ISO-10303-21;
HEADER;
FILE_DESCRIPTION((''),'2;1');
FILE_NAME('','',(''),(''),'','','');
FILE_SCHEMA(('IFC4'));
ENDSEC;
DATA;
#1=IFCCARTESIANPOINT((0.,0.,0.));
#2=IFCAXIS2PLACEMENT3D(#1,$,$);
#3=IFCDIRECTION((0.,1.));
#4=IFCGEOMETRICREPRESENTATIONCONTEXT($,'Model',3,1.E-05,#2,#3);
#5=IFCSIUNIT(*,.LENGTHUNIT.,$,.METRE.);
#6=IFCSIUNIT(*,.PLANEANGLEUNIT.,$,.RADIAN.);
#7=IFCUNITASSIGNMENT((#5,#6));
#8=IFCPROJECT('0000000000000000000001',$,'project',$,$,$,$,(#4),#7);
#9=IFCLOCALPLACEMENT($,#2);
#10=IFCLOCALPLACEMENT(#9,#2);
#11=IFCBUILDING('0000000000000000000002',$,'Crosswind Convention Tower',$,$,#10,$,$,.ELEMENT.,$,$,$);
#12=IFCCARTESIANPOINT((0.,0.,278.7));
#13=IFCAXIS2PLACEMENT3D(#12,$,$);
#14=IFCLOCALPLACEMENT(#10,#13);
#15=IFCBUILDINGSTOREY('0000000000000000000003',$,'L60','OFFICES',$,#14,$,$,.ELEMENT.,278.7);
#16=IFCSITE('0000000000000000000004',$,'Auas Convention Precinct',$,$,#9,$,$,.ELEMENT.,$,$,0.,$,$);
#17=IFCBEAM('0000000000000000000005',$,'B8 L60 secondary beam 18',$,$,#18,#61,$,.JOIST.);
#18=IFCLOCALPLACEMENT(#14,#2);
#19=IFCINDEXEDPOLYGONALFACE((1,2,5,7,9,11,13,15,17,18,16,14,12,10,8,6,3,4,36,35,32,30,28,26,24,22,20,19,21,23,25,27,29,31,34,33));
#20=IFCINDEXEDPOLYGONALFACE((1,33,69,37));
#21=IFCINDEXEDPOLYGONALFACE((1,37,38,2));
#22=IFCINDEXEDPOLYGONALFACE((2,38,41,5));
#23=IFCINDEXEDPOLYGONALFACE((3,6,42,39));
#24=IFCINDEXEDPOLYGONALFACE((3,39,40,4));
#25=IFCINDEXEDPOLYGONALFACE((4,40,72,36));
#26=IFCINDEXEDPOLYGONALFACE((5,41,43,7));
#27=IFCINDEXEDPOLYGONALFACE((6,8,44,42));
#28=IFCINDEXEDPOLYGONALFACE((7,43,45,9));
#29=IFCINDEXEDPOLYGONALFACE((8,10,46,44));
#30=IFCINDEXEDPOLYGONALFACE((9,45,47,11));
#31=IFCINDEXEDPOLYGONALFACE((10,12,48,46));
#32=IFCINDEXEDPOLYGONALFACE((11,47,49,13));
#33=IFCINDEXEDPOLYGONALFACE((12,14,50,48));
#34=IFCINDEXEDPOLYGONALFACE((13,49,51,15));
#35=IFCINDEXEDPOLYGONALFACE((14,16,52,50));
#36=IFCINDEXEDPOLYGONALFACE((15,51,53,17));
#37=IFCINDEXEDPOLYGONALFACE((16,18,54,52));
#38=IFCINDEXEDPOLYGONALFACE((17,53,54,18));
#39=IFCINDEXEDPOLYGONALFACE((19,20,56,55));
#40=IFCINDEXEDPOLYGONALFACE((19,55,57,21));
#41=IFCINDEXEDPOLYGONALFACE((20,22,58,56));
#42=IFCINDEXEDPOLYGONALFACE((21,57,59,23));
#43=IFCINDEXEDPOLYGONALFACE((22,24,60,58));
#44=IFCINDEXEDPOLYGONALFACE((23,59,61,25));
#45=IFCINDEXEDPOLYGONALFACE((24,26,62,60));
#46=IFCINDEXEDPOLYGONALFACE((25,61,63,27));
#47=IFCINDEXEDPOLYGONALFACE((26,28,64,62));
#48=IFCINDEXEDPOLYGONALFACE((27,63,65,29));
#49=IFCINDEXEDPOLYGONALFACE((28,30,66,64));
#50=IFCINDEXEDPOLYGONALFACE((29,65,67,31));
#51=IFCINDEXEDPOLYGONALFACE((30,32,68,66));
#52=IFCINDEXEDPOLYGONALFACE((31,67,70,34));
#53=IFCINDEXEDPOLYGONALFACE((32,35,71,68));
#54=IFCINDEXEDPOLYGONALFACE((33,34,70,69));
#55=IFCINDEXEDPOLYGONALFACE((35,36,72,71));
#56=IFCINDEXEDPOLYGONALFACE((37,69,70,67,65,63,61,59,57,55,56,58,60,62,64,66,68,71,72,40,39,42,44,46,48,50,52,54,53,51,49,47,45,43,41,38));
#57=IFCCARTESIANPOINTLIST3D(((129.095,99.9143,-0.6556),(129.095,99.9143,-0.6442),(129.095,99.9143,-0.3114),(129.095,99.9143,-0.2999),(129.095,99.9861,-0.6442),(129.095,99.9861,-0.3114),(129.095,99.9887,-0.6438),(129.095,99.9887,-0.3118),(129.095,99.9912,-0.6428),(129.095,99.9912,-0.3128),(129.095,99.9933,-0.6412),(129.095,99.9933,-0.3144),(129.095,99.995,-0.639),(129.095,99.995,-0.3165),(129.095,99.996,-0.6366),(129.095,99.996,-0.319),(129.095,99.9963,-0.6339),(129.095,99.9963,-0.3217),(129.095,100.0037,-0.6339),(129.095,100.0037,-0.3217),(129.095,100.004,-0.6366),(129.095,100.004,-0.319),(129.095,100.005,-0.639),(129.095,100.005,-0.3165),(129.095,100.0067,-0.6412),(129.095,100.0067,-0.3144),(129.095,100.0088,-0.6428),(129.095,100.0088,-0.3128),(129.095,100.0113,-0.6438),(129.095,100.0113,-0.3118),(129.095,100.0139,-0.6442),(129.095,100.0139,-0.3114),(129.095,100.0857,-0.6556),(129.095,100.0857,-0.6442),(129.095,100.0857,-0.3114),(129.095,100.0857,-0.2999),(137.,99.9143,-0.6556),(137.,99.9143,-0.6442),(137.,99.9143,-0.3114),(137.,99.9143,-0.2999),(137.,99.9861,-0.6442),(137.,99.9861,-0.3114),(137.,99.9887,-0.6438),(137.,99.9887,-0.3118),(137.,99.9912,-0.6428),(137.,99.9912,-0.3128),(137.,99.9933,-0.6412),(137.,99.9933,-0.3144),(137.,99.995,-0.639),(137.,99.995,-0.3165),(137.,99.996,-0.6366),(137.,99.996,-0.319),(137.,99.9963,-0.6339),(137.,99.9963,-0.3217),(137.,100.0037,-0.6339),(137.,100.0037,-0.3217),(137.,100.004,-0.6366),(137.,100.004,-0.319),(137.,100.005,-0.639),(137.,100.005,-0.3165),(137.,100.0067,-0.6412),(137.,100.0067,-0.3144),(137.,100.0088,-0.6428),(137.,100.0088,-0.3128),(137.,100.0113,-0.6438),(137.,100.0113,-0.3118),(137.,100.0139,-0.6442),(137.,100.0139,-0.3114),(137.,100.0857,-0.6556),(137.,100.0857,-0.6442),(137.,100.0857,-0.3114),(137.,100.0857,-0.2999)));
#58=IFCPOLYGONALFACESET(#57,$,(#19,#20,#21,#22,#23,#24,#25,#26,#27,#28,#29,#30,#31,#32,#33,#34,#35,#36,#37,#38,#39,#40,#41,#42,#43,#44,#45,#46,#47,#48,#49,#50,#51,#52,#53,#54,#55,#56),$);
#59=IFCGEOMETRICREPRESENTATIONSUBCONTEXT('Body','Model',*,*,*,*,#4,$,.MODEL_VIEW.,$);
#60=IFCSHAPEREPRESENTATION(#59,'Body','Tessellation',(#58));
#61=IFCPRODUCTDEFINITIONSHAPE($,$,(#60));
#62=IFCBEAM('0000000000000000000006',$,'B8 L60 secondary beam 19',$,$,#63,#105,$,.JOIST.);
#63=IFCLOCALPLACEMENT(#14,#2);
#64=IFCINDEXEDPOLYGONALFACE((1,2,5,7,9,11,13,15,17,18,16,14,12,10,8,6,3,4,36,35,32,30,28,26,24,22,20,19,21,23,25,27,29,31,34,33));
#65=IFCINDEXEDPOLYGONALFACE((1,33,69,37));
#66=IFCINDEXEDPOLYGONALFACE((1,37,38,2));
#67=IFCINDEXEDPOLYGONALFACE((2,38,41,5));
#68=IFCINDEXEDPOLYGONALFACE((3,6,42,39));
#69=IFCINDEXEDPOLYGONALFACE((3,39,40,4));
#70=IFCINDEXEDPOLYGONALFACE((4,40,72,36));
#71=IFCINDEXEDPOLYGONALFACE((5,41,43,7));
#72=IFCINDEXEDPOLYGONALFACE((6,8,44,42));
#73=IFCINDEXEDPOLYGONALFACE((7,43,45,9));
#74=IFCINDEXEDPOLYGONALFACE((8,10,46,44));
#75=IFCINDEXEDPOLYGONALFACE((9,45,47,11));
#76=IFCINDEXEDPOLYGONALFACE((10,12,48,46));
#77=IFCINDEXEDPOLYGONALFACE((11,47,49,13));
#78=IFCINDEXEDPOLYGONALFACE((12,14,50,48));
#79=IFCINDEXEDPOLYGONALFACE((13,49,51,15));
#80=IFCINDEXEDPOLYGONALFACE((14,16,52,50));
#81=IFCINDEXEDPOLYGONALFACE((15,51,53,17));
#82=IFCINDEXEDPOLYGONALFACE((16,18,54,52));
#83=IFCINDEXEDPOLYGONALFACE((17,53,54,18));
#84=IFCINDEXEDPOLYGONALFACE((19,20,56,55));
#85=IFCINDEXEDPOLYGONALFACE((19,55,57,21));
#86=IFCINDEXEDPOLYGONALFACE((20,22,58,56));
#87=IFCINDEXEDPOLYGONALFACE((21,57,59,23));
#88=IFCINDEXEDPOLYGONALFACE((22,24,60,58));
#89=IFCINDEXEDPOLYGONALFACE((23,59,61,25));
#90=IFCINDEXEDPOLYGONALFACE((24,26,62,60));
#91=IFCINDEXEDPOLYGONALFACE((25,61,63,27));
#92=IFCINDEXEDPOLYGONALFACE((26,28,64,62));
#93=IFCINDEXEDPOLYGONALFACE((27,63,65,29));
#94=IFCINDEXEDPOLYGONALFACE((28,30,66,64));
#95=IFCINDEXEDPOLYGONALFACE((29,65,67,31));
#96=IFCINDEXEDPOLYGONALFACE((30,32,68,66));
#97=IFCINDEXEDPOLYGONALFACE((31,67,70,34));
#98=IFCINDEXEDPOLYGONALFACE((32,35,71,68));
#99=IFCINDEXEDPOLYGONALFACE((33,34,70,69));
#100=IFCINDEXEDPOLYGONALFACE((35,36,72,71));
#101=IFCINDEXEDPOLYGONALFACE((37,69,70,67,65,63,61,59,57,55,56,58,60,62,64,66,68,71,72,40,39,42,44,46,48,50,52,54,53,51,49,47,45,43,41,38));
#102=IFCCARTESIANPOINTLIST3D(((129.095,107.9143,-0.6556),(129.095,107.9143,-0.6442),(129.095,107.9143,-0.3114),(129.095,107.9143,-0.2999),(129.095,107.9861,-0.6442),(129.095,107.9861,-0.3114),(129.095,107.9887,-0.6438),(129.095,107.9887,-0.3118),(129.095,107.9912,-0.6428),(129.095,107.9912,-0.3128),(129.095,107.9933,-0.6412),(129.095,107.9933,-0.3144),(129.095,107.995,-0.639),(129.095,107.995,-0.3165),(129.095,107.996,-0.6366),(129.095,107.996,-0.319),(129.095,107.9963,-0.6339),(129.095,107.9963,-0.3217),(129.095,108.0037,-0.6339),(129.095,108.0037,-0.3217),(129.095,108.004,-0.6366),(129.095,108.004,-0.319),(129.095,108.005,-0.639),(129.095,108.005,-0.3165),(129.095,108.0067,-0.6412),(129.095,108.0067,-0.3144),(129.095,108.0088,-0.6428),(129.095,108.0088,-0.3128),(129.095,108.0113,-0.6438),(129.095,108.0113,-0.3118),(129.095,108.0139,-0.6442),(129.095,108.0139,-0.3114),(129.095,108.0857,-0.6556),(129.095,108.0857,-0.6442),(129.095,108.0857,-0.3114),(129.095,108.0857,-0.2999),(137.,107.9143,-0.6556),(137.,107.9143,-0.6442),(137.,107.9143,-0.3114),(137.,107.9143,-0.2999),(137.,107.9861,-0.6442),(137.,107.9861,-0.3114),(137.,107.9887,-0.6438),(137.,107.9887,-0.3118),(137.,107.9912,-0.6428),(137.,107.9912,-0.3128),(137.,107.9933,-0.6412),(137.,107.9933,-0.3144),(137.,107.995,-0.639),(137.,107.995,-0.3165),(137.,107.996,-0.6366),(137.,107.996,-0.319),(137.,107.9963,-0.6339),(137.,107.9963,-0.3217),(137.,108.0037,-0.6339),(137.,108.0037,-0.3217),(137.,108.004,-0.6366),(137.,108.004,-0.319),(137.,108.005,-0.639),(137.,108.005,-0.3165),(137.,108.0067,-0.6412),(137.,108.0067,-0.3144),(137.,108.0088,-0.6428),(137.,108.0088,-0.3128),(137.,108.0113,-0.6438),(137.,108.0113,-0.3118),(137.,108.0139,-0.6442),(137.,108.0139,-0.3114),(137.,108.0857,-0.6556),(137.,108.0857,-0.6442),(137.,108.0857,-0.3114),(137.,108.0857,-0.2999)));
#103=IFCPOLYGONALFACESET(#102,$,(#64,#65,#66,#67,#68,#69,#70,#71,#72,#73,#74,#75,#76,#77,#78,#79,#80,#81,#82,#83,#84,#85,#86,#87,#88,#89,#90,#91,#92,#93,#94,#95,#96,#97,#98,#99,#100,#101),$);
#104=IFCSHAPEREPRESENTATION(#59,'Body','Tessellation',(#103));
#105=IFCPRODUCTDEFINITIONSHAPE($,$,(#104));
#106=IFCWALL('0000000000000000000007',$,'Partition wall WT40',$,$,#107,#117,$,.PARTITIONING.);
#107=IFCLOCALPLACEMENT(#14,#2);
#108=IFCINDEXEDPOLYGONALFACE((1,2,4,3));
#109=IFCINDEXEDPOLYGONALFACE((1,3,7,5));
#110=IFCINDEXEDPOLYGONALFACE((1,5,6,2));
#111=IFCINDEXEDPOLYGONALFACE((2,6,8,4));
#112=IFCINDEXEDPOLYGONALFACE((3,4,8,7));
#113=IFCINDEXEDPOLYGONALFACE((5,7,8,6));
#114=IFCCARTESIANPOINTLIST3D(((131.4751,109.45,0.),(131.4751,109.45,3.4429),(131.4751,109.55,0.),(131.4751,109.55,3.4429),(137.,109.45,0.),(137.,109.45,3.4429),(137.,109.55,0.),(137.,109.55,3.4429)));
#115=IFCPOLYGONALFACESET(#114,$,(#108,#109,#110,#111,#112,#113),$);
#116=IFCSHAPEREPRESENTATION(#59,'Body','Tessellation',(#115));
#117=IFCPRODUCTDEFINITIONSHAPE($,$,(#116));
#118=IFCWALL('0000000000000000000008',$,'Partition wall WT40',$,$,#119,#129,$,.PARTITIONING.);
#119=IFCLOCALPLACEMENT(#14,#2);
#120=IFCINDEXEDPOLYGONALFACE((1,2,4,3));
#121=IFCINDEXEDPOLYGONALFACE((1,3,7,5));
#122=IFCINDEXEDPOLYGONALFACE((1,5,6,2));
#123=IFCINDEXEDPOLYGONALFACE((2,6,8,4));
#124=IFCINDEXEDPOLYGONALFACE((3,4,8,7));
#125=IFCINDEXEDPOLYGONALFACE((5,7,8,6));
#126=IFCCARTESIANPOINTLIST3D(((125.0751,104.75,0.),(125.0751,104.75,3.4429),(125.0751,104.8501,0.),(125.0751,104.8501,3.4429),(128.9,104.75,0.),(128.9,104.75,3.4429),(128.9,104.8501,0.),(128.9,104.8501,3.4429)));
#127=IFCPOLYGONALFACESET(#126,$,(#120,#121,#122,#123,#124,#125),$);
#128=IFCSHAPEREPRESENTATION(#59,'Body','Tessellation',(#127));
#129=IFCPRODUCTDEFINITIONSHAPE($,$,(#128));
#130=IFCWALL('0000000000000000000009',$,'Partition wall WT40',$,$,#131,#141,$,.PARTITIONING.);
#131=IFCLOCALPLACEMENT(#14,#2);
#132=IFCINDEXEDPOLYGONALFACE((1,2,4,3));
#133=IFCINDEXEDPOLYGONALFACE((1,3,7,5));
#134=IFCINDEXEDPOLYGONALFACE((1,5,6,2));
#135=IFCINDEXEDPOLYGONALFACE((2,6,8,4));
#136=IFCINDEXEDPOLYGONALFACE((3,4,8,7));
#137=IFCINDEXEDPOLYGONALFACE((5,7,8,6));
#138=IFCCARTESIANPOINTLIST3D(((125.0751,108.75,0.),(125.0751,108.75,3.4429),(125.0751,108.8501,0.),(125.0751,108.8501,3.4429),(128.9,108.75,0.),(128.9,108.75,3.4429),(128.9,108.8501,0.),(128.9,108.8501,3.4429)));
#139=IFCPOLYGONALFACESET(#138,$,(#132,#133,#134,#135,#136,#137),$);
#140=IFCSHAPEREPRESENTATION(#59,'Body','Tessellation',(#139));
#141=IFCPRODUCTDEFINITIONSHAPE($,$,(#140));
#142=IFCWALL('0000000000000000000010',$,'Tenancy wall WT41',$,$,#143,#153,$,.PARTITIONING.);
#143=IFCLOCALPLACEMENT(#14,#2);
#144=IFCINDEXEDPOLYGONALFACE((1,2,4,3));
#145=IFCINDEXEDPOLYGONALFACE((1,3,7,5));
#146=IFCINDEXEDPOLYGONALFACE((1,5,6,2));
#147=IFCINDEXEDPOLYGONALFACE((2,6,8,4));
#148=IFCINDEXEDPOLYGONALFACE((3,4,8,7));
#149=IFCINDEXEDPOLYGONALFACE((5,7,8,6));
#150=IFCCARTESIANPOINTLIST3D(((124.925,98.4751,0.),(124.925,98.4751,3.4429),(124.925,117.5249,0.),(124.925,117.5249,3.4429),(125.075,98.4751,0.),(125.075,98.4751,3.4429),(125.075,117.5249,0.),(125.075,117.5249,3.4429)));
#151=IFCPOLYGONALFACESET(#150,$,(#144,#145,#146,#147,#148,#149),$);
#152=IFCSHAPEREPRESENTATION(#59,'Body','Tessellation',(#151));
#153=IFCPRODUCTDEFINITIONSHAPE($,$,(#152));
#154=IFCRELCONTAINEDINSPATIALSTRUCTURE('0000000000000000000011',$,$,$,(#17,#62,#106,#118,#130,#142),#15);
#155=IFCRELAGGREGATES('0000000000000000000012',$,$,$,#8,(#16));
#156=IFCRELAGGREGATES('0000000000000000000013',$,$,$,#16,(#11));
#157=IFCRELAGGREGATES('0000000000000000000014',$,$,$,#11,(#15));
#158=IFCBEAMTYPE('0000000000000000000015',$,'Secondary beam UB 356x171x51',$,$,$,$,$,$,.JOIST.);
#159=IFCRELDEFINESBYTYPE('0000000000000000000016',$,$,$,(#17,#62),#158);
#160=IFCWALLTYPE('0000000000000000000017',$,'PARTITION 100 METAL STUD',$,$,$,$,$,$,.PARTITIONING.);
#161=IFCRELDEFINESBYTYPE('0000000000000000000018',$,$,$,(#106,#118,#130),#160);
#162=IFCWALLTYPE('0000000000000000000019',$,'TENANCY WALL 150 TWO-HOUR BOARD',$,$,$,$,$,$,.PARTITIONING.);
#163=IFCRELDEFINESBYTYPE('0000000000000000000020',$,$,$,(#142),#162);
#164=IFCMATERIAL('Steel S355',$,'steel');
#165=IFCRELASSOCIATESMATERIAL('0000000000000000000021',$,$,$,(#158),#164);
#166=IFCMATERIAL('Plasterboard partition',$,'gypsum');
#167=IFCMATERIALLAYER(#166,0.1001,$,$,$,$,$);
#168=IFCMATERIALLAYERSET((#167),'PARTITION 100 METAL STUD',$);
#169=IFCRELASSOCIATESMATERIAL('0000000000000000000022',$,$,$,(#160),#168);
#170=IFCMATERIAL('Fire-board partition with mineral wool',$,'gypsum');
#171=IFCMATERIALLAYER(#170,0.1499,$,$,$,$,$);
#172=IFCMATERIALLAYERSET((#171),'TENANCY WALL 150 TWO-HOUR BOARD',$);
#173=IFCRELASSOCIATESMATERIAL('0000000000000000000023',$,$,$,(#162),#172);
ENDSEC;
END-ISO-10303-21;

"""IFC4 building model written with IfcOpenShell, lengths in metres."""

from ifc_helpers import new_model, si_unit, direction, frame, frame_2d, origin, origin_2d, place, context, subcontext, project, spatial, rectangle, i_section, extrude, material, layer, layer_set, material_profile, profile_set, type_object, element, save


model = new_model("IFC4")

# Units and contexts
model_context = context("Model", 3, precision=1e-05, world=origin(), true_north=direction((0.0, 1.0)))
body_context = subcontext(model_context, "Body", "Model", "MODEL_VIEW")
ifc_project = project(units=[si_unit("LENGTHUNIT", "METRE"), si_unit("PLANEANGLEUNIT", "RADIAN")], contexts=[model_context])

# Site, building, storey
site_placement = place(None, origin())
site = spatial("IfcSite", under=ifc_project, at=site_placement, Name="Auas Convention Precinct", CompositionType="ELEMENT", RefElevation=0.0)
building_placement = place(site_placement, origin())
building = spatial("IfcBuilding", under=site, at=building_placement, Name="Crosswind Convention Tower", CompositionType="ELEMENT")
storey_placement = place(building_placement, frame((0.0, 0.0, 278.7)))
storey = spatial("IfcBuildingStorey", under=building, at=storey_placement, Name="L60", Description="OFFICES", CompositionType="ELEMENT", Elevation=278.7)

# Beams
ifc_material_1 = material(Name="Steel S355", Category="steel")
ifc_material_profile_1 = material_profile(ifc_material_1, i_section(OverallWidth=0.1714, OverallDepth=0.3557, WebThickness=0.0073, FlangeThickness=0.0115, FilletRadius=0.0103, at=origin_2d()), Name="UB 356x171x51")
ifc_profile_set_1 = profile_set([ifc_material_profile_1], Name="Steel S355")
beam_type_1 = type_object("IfcBeamType", Name="Secondary beam UB 356x171x51", PredefinedType="JOIST", material=ifc_profile_set_1)
for number, where, z_axis, x_axis, name in (
    (1, (129.095, 100.0, -0.4778), (1.0, 0.0, 0.0), (0.0, 1.0, 0.0), "B8 L60 secondary beam 18"),
    (2, (129.095, 108.0, -0.4778), (1.0, 0.0, 0.0), (0.0, 1.0, 0.0), "B8 L60 secondary beam 19"),
):
    element("IfcBeam", number, at=place(storey_placement, frame(where, z_axis=z_axis, x_axis=x_axis)), inside=storey, type_object=beam_type_1, Name=name, PredefinedType="JOIST", context=body_context, shape_type="SweptSolid", body=[
        extrude(i_section(OverallWidth=0.1714, OverallDepth=0.3557, WebThickness=0.0073, FlangeThickness=0.0115, FilletRadius=0.0103, at=origin_2d()), origin(), (0.0, 0.0, 1.0), 7.905),
    ])

# Walls
ifc_material_2 = material(Name="Plasterboard partition", Category="gypsum")
ifc_layer_1 = layer(ifc_material_2, 0.1001)
ifc_layer_set_1 = layer_set([ifc_layer_1], Name="PARTITION 100 METAL STUD")
wall_type_1 = type_object("IfcWallType", Name="PARTITION 100 METAL STUD", PredefinedType="PARTITIONING", material=ifc_layer_set_1)
wall_1_placement = place(storey_placement, frame((131.4751, 109.5, 0.0), z_axis=(0.0, 0.0, 1.0), x_axis=(1.0, 0.0, 0.0)))
element("IfcWall", 3, at=wall_1_placement, inside=storey, type_object=wall_type_1, Name="Partition wall WT40", PredefinedType="PARTITIONING", context=body_context, shape_type="SweptSolid", body=[
    extrude(rectangle(XDim=5.5249, YDim=0.1001, at=frame_2d((2.7625, 0.0))), origin(), (0.0, 0.0, 1.0), 3.4429),
])
for number, where, z_axis, x_axis, name in (
    (4, (125.075, 104.8, 0.0), (0.0, 0.0, 1.0), (1.0, 0.0, 0.0), "Partition wall WT40"),
    (5, (125.075, 108.8, 0.0), (0.0, 0.0, 1.0), (1.0, 0.0, 0.0), "Partition wall WT40"),
):
    element("IfcWall", number, at=place(storey_placement, frame(where, z_axis=z_axis, x_axis=x_axis)), inside=storey, type_object=wall_type_1, Name=name, PredefinedType="PARTITIONING", context=body_context, shape_type="SweptSolid", body=[
        extrude(rectangle(XDim=3.825, YDim=0.1001, at=frame_2d((1.9126, 0.0))), origin(), (0.0, 0.0, 1.0), 3.4429),
    ])
ifc_material_3 = material(Name="Fire-board partition with mineral wool", Category="gypsum")
ifc_layer_2 = layer(ifc_material_3, 0.1499)
ifc_layer_set_2 = layer_set([ifc_layer_2], Name="TENANCY WALL 150 TWO-HOUR BOARD")
wall_type_2 = type_object("IfcWallType", Name="TENANCY WALL 150 TWO-HOUR BOARD", PredefinedType="PARTITIONING", material=ifc_layer_set_2)
wall_2_placement = place(storey_placement, frame((125.0, 98.4751, 0.0), z_axis=(0.0, 0.0, 1.0), x_axis=(0.0, 1.0, 0.0)))
element("IfcWall", 6, at=wall_2_placement, inside=storey, type_object=wall_type_2, Name="Tenancy wall WT41", PredefinedType="PARTITIONING", context=body_context, shape_type="SweptSolid", body=[
    extrude(rectangle(XDim=19.0498, YDim=0.1499, at=frame_2d((9.5249, 0.0))), origin(), (0.0, 0.0, 1.0), 3.4429),
])

save(model, "model.ifc")
